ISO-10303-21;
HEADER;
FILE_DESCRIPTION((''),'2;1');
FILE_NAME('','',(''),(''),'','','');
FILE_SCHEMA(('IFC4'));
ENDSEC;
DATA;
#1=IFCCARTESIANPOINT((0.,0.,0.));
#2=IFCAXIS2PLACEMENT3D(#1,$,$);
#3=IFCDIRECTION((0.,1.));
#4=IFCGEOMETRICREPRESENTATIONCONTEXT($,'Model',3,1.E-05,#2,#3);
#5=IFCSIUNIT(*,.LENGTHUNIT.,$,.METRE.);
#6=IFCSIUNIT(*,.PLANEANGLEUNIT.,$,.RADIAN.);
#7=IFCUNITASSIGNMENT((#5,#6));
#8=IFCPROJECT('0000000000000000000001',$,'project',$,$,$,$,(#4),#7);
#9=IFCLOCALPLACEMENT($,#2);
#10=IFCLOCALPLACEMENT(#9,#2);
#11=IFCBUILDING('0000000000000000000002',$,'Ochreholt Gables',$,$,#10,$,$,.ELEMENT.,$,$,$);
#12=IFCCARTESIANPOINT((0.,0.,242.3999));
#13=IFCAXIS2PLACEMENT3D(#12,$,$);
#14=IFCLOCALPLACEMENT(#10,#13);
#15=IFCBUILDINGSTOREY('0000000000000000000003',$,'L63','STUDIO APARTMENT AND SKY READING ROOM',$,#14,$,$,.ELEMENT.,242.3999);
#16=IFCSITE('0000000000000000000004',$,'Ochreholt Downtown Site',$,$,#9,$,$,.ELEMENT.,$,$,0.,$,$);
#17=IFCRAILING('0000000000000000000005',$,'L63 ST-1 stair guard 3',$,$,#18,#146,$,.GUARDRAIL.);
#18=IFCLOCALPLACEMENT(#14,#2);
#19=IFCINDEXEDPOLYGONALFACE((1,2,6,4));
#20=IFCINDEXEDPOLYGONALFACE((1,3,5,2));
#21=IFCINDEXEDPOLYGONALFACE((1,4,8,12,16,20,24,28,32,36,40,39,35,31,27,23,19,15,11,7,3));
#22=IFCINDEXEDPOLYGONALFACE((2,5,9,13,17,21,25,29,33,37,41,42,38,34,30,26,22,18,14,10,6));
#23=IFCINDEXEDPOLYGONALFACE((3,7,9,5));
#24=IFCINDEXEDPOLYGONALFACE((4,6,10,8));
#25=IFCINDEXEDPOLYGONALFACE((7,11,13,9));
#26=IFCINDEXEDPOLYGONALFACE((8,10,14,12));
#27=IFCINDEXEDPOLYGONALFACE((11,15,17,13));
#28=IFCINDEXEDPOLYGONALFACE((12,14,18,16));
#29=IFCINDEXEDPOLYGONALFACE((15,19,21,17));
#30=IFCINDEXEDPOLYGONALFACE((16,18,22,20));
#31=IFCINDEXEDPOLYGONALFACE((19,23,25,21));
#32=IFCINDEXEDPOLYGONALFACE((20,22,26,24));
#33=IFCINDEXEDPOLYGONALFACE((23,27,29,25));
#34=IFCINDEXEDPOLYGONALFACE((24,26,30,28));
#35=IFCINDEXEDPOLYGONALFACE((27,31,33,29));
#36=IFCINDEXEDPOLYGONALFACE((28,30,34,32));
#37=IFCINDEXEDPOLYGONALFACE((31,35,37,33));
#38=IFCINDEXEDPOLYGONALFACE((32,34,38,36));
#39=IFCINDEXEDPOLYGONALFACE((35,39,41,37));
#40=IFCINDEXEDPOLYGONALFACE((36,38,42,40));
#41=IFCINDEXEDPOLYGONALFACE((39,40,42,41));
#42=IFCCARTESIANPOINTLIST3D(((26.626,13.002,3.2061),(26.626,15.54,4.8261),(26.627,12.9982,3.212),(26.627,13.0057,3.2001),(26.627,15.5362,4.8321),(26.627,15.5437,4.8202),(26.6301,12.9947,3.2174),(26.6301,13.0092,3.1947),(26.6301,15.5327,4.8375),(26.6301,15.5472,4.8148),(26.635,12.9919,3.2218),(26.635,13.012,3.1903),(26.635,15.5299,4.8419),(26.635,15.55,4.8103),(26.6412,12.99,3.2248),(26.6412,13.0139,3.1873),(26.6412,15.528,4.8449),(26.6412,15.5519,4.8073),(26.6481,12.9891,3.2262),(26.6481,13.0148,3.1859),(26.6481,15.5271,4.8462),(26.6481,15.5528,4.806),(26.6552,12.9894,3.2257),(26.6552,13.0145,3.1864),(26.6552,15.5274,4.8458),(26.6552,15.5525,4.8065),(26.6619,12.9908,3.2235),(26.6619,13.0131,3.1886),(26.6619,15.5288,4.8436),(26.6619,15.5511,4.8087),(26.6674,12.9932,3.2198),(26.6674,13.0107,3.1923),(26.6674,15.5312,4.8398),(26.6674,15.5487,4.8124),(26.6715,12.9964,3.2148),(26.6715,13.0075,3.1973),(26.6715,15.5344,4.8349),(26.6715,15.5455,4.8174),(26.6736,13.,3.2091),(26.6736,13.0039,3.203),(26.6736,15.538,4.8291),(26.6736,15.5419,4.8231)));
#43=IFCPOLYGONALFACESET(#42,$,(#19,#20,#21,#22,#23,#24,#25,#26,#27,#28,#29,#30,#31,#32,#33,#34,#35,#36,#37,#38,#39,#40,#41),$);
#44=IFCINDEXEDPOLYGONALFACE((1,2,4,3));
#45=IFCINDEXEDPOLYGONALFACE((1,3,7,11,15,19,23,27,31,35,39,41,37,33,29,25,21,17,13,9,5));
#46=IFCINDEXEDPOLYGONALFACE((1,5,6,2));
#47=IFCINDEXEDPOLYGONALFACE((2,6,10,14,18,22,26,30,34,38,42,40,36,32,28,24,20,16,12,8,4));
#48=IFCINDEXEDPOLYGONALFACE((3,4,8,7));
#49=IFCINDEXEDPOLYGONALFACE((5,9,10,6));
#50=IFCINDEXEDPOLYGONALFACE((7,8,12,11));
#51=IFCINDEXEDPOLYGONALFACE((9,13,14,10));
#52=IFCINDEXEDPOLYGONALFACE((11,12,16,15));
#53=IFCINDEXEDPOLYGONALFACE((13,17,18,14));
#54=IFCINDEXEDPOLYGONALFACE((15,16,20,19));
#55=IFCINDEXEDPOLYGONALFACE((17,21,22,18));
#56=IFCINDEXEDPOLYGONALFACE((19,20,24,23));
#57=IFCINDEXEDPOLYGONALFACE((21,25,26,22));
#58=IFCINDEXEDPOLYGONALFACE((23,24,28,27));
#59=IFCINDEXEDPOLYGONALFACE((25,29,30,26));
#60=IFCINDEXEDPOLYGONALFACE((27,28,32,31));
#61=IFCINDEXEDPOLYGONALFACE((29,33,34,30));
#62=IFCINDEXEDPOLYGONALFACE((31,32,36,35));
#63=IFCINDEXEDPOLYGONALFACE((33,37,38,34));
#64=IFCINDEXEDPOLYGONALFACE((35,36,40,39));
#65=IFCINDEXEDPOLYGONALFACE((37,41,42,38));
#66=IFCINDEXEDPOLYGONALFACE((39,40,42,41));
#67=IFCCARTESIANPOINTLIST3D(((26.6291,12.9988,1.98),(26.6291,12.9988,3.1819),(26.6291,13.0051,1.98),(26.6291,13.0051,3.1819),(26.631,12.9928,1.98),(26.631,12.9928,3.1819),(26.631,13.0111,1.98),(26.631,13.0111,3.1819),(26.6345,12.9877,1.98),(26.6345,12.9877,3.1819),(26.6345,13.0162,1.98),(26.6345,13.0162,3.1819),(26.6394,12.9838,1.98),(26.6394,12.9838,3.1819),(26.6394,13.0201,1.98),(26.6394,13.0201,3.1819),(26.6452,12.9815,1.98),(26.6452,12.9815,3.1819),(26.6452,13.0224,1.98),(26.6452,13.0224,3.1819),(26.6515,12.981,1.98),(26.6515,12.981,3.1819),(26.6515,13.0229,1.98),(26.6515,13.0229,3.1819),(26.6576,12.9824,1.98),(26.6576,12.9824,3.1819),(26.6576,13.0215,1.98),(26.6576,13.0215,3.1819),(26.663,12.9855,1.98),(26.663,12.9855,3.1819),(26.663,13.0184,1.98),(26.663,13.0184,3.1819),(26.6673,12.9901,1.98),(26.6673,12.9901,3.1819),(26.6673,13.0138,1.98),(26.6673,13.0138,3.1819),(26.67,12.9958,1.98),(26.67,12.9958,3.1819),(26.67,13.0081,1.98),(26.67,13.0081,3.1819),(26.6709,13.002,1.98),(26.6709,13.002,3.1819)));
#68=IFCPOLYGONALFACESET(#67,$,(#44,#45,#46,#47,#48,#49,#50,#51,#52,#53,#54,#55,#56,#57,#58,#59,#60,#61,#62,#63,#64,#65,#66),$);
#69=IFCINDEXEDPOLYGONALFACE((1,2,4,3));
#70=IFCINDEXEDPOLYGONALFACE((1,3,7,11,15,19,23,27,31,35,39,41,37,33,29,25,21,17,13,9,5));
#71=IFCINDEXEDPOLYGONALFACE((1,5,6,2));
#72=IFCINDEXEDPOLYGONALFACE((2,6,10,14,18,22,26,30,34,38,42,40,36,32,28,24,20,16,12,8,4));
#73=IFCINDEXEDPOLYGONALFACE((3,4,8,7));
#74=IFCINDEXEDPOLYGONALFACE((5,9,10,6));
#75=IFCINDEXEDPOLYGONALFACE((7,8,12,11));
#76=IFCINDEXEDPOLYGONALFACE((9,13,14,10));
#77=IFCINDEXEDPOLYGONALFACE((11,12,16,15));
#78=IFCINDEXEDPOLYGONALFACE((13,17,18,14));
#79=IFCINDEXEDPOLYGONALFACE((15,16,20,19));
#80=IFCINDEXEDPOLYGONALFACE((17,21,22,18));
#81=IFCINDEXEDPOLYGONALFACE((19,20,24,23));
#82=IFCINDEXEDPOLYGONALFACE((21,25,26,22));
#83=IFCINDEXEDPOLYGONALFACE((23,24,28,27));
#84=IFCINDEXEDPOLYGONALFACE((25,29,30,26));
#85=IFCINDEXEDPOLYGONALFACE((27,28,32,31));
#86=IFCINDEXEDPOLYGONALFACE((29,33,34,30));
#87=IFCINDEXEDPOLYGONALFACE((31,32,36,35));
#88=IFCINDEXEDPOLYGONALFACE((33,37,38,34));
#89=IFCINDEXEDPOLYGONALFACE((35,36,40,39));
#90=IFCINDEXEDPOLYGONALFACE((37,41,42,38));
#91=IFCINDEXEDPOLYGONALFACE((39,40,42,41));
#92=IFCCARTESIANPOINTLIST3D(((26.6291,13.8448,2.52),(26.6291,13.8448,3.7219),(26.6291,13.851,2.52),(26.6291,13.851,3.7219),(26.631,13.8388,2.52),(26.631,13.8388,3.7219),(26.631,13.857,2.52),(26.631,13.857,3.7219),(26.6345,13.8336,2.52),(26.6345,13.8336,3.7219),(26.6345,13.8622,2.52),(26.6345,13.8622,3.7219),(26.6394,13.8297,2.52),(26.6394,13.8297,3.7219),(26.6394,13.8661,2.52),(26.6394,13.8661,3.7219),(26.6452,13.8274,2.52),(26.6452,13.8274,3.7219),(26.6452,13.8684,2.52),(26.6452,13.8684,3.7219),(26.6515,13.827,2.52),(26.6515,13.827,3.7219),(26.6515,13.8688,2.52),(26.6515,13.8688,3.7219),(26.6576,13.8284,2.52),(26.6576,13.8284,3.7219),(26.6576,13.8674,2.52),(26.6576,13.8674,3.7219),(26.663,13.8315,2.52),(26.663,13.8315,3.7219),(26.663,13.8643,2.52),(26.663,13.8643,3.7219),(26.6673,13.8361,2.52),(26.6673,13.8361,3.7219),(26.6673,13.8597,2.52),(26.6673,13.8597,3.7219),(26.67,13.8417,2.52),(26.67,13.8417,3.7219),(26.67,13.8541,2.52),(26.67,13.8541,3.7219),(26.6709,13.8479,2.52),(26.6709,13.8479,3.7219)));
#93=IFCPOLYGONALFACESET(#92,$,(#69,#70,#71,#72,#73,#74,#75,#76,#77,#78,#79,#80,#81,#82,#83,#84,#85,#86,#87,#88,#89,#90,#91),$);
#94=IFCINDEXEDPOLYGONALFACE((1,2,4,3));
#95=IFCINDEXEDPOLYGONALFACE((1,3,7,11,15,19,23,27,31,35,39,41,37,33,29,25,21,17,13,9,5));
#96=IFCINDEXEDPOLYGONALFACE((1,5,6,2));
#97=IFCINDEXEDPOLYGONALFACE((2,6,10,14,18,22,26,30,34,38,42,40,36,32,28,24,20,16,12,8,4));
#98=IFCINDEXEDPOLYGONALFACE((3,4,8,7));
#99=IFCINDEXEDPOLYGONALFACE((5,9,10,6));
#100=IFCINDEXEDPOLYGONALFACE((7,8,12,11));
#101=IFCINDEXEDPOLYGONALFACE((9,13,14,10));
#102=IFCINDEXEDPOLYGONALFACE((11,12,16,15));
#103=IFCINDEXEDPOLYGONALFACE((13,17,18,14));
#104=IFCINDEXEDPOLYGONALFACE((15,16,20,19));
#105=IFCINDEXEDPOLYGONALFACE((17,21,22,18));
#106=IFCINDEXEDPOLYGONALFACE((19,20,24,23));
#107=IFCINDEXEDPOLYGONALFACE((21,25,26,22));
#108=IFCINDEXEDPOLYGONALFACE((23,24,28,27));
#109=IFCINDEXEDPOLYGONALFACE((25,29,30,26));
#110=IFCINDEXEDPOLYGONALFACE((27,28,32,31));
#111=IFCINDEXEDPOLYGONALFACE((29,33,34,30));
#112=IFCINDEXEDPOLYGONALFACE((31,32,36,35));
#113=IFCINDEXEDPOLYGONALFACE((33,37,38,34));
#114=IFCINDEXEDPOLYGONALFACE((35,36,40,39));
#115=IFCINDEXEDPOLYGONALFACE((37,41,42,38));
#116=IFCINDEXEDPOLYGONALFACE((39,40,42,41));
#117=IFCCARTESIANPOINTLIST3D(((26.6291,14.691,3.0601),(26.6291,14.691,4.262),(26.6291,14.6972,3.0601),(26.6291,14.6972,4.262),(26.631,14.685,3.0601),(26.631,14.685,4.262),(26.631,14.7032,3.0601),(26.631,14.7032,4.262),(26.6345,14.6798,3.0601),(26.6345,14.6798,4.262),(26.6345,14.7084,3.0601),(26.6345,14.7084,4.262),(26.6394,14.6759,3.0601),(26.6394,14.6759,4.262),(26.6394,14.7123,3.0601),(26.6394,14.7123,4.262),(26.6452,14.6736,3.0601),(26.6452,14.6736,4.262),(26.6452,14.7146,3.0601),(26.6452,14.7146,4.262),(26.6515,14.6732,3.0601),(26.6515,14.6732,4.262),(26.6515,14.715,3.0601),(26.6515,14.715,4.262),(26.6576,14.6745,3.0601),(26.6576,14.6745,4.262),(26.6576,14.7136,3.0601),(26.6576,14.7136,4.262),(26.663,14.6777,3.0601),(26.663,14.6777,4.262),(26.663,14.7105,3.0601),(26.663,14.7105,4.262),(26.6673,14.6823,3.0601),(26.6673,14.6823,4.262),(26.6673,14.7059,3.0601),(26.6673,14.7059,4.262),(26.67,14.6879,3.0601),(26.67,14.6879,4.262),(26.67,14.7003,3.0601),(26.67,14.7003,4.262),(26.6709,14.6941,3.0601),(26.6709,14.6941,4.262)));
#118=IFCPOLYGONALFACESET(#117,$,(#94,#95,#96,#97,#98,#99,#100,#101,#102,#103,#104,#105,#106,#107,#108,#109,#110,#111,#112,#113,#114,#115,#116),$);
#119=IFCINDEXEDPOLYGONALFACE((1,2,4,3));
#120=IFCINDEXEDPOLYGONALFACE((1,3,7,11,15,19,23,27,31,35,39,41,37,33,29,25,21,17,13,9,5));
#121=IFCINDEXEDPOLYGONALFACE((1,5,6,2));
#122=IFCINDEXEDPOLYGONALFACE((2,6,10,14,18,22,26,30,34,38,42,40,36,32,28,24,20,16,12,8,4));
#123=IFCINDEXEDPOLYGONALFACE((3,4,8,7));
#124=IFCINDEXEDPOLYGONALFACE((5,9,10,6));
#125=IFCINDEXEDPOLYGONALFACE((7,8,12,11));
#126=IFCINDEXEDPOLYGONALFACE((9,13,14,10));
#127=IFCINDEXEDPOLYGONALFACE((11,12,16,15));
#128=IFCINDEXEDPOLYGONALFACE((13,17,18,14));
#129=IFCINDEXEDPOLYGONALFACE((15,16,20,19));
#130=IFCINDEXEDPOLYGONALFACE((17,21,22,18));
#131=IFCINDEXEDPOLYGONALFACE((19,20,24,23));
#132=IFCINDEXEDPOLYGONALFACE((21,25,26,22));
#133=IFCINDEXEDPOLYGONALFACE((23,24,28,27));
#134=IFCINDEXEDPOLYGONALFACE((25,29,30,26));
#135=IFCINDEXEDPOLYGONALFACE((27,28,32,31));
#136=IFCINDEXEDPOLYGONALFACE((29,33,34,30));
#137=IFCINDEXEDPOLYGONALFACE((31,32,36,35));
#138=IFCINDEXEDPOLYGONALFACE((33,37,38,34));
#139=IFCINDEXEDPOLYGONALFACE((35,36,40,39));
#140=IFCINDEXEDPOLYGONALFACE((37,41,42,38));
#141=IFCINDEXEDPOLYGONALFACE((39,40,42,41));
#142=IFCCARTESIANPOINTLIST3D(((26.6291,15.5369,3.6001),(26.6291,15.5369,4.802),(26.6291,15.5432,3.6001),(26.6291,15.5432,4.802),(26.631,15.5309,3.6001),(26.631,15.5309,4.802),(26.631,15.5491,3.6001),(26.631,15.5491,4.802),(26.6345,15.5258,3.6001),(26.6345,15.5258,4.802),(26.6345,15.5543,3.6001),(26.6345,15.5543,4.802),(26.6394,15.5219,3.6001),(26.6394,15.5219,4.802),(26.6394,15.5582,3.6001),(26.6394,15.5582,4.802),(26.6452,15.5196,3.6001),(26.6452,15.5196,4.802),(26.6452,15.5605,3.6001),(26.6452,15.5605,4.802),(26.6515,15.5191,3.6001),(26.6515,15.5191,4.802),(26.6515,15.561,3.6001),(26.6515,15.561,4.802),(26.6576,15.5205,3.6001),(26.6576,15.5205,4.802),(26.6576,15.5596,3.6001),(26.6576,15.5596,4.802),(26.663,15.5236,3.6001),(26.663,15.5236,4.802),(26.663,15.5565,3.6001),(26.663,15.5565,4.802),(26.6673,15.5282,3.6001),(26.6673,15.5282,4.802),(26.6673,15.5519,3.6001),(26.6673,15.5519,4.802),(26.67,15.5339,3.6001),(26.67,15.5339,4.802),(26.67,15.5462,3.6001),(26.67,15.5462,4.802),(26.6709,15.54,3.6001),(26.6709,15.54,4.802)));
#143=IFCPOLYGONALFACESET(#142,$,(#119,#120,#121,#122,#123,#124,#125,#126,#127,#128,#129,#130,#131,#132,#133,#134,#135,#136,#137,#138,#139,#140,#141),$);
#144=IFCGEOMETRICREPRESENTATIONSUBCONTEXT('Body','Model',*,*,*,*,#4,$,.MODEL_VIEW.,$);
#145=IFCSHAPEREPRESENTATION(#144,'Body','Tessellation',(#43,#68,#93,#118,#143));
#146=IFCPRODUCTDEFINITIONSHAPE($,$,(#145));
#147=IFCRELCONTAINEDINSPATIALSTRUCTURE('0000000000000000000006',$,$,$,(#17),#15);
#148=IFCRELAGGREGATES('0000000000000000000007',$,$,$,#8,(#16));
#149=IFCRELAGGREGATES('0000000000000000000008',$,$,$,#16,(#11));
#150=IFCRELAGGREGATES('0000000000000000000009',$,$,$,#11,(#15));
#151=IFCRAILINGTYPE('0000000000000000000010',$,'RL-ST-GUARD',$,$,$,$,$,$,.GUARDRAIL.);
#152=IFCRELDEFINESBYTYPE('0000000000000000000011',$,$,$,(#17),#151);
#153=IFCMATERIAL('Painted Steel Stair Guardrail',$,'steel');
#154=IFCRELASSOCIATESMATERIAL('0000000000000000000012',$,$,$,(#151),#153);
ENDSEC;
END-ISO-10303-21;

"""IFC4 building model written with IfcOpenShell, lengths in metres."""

from ifc_helpers import new_model, si_unit, direction, frame, origin, origin_2d, place, context, subcontext, project, spatial, circle, extrude, material, type_object, element, save


model = new_model("IFC4")

# Units and contexts
model_context = context("Model", 3, precision=1e-05, world=origin(), true_north=direction((0.0, 1.0)))
body_context = subcontext(model_context, "Body", "Model", "MODEL_VIEW")
ifc_project = project(units=[si_unit("LENGTHUNIT", "METRE"), si_unit("PLANEANGLEUNIT", "RADIAN")], contexts=[model_context])

# Site, building, storey
site_placement = place(None, origin())
site = spatial("IfcSite", under=ifc_project, at=site_placement, Name="Ochreholt Downtown Site", CompositionType="ELEMENT", RefElevation=0.0)
building_placement = place(site_placement, origin())
building = spatial("IfcBuilding", under=site, at=building_placement, Name="Ochreholt Gables", CompositionType="ELEMENT")
storey_placement = place(building_placement, frame((0.0, 0.0, 242.3999)))
storey = spatial("IfcBuildingStorey", under=building, at=storey_placement, Name="L63", Description="STUDIO APARTMENT AND SKY READING ROOM", CompositionType="ELEMENT", Elevation=242.3999)

# Railing
ifc_material_1 = material(Name="Painted Steel Stair Guardrail", Category="steel")
railing_type_1 = type_object("IfcRailingType", Name="RL-ST-GUARD", PredefinedType="GUARDRAIL", material=ifc_material_1)
railing_1_placement = place(storey_placement, frame((26.6499, 13.002, 1.98)))
element("IfcRailing", 1, at=railing_1_placement, inside=storey, type_object=railing_type_1, Name="L63 ST-1 stair guard 3", PredefinedType="GUARDRAIL", context=body_context, shape_type="SweptSolid", body=[
    extrude(circle(Radius=0.0239, at=origin_2d()), frame((0.0, 0.0, 1.2261), z_axis=(0.0, 0.842913, 0.53805), x_axis=(-1.0, 0.0, 0.0)), (0.0, 0.0, 1.0), 3.011),
    extrude(circle(Radius=0.021, at=origin_2d()), origin(), (0.0, 0.0, 1.0), 1.2019),
    extrude(circle(Radius=0.021, at=origin_2d()), frame((0.0, 0.8459, 0.54)), (0.0, 0.0, 1.0), 1.2019),
    extrude(circle(Radius=0.021, at=origin_2d()), frame((0.0, 1.6921, 1.0801)), (0.0, 0.0, 1.0), 1.2019),
    extrude(circle(Radius=0.021, at=origin_2d()), frame((0.0, 2.5381, 1.6201)), (0.0, 0.0, 1.0), 1.2019),
])

save(model, "model.ifc")
